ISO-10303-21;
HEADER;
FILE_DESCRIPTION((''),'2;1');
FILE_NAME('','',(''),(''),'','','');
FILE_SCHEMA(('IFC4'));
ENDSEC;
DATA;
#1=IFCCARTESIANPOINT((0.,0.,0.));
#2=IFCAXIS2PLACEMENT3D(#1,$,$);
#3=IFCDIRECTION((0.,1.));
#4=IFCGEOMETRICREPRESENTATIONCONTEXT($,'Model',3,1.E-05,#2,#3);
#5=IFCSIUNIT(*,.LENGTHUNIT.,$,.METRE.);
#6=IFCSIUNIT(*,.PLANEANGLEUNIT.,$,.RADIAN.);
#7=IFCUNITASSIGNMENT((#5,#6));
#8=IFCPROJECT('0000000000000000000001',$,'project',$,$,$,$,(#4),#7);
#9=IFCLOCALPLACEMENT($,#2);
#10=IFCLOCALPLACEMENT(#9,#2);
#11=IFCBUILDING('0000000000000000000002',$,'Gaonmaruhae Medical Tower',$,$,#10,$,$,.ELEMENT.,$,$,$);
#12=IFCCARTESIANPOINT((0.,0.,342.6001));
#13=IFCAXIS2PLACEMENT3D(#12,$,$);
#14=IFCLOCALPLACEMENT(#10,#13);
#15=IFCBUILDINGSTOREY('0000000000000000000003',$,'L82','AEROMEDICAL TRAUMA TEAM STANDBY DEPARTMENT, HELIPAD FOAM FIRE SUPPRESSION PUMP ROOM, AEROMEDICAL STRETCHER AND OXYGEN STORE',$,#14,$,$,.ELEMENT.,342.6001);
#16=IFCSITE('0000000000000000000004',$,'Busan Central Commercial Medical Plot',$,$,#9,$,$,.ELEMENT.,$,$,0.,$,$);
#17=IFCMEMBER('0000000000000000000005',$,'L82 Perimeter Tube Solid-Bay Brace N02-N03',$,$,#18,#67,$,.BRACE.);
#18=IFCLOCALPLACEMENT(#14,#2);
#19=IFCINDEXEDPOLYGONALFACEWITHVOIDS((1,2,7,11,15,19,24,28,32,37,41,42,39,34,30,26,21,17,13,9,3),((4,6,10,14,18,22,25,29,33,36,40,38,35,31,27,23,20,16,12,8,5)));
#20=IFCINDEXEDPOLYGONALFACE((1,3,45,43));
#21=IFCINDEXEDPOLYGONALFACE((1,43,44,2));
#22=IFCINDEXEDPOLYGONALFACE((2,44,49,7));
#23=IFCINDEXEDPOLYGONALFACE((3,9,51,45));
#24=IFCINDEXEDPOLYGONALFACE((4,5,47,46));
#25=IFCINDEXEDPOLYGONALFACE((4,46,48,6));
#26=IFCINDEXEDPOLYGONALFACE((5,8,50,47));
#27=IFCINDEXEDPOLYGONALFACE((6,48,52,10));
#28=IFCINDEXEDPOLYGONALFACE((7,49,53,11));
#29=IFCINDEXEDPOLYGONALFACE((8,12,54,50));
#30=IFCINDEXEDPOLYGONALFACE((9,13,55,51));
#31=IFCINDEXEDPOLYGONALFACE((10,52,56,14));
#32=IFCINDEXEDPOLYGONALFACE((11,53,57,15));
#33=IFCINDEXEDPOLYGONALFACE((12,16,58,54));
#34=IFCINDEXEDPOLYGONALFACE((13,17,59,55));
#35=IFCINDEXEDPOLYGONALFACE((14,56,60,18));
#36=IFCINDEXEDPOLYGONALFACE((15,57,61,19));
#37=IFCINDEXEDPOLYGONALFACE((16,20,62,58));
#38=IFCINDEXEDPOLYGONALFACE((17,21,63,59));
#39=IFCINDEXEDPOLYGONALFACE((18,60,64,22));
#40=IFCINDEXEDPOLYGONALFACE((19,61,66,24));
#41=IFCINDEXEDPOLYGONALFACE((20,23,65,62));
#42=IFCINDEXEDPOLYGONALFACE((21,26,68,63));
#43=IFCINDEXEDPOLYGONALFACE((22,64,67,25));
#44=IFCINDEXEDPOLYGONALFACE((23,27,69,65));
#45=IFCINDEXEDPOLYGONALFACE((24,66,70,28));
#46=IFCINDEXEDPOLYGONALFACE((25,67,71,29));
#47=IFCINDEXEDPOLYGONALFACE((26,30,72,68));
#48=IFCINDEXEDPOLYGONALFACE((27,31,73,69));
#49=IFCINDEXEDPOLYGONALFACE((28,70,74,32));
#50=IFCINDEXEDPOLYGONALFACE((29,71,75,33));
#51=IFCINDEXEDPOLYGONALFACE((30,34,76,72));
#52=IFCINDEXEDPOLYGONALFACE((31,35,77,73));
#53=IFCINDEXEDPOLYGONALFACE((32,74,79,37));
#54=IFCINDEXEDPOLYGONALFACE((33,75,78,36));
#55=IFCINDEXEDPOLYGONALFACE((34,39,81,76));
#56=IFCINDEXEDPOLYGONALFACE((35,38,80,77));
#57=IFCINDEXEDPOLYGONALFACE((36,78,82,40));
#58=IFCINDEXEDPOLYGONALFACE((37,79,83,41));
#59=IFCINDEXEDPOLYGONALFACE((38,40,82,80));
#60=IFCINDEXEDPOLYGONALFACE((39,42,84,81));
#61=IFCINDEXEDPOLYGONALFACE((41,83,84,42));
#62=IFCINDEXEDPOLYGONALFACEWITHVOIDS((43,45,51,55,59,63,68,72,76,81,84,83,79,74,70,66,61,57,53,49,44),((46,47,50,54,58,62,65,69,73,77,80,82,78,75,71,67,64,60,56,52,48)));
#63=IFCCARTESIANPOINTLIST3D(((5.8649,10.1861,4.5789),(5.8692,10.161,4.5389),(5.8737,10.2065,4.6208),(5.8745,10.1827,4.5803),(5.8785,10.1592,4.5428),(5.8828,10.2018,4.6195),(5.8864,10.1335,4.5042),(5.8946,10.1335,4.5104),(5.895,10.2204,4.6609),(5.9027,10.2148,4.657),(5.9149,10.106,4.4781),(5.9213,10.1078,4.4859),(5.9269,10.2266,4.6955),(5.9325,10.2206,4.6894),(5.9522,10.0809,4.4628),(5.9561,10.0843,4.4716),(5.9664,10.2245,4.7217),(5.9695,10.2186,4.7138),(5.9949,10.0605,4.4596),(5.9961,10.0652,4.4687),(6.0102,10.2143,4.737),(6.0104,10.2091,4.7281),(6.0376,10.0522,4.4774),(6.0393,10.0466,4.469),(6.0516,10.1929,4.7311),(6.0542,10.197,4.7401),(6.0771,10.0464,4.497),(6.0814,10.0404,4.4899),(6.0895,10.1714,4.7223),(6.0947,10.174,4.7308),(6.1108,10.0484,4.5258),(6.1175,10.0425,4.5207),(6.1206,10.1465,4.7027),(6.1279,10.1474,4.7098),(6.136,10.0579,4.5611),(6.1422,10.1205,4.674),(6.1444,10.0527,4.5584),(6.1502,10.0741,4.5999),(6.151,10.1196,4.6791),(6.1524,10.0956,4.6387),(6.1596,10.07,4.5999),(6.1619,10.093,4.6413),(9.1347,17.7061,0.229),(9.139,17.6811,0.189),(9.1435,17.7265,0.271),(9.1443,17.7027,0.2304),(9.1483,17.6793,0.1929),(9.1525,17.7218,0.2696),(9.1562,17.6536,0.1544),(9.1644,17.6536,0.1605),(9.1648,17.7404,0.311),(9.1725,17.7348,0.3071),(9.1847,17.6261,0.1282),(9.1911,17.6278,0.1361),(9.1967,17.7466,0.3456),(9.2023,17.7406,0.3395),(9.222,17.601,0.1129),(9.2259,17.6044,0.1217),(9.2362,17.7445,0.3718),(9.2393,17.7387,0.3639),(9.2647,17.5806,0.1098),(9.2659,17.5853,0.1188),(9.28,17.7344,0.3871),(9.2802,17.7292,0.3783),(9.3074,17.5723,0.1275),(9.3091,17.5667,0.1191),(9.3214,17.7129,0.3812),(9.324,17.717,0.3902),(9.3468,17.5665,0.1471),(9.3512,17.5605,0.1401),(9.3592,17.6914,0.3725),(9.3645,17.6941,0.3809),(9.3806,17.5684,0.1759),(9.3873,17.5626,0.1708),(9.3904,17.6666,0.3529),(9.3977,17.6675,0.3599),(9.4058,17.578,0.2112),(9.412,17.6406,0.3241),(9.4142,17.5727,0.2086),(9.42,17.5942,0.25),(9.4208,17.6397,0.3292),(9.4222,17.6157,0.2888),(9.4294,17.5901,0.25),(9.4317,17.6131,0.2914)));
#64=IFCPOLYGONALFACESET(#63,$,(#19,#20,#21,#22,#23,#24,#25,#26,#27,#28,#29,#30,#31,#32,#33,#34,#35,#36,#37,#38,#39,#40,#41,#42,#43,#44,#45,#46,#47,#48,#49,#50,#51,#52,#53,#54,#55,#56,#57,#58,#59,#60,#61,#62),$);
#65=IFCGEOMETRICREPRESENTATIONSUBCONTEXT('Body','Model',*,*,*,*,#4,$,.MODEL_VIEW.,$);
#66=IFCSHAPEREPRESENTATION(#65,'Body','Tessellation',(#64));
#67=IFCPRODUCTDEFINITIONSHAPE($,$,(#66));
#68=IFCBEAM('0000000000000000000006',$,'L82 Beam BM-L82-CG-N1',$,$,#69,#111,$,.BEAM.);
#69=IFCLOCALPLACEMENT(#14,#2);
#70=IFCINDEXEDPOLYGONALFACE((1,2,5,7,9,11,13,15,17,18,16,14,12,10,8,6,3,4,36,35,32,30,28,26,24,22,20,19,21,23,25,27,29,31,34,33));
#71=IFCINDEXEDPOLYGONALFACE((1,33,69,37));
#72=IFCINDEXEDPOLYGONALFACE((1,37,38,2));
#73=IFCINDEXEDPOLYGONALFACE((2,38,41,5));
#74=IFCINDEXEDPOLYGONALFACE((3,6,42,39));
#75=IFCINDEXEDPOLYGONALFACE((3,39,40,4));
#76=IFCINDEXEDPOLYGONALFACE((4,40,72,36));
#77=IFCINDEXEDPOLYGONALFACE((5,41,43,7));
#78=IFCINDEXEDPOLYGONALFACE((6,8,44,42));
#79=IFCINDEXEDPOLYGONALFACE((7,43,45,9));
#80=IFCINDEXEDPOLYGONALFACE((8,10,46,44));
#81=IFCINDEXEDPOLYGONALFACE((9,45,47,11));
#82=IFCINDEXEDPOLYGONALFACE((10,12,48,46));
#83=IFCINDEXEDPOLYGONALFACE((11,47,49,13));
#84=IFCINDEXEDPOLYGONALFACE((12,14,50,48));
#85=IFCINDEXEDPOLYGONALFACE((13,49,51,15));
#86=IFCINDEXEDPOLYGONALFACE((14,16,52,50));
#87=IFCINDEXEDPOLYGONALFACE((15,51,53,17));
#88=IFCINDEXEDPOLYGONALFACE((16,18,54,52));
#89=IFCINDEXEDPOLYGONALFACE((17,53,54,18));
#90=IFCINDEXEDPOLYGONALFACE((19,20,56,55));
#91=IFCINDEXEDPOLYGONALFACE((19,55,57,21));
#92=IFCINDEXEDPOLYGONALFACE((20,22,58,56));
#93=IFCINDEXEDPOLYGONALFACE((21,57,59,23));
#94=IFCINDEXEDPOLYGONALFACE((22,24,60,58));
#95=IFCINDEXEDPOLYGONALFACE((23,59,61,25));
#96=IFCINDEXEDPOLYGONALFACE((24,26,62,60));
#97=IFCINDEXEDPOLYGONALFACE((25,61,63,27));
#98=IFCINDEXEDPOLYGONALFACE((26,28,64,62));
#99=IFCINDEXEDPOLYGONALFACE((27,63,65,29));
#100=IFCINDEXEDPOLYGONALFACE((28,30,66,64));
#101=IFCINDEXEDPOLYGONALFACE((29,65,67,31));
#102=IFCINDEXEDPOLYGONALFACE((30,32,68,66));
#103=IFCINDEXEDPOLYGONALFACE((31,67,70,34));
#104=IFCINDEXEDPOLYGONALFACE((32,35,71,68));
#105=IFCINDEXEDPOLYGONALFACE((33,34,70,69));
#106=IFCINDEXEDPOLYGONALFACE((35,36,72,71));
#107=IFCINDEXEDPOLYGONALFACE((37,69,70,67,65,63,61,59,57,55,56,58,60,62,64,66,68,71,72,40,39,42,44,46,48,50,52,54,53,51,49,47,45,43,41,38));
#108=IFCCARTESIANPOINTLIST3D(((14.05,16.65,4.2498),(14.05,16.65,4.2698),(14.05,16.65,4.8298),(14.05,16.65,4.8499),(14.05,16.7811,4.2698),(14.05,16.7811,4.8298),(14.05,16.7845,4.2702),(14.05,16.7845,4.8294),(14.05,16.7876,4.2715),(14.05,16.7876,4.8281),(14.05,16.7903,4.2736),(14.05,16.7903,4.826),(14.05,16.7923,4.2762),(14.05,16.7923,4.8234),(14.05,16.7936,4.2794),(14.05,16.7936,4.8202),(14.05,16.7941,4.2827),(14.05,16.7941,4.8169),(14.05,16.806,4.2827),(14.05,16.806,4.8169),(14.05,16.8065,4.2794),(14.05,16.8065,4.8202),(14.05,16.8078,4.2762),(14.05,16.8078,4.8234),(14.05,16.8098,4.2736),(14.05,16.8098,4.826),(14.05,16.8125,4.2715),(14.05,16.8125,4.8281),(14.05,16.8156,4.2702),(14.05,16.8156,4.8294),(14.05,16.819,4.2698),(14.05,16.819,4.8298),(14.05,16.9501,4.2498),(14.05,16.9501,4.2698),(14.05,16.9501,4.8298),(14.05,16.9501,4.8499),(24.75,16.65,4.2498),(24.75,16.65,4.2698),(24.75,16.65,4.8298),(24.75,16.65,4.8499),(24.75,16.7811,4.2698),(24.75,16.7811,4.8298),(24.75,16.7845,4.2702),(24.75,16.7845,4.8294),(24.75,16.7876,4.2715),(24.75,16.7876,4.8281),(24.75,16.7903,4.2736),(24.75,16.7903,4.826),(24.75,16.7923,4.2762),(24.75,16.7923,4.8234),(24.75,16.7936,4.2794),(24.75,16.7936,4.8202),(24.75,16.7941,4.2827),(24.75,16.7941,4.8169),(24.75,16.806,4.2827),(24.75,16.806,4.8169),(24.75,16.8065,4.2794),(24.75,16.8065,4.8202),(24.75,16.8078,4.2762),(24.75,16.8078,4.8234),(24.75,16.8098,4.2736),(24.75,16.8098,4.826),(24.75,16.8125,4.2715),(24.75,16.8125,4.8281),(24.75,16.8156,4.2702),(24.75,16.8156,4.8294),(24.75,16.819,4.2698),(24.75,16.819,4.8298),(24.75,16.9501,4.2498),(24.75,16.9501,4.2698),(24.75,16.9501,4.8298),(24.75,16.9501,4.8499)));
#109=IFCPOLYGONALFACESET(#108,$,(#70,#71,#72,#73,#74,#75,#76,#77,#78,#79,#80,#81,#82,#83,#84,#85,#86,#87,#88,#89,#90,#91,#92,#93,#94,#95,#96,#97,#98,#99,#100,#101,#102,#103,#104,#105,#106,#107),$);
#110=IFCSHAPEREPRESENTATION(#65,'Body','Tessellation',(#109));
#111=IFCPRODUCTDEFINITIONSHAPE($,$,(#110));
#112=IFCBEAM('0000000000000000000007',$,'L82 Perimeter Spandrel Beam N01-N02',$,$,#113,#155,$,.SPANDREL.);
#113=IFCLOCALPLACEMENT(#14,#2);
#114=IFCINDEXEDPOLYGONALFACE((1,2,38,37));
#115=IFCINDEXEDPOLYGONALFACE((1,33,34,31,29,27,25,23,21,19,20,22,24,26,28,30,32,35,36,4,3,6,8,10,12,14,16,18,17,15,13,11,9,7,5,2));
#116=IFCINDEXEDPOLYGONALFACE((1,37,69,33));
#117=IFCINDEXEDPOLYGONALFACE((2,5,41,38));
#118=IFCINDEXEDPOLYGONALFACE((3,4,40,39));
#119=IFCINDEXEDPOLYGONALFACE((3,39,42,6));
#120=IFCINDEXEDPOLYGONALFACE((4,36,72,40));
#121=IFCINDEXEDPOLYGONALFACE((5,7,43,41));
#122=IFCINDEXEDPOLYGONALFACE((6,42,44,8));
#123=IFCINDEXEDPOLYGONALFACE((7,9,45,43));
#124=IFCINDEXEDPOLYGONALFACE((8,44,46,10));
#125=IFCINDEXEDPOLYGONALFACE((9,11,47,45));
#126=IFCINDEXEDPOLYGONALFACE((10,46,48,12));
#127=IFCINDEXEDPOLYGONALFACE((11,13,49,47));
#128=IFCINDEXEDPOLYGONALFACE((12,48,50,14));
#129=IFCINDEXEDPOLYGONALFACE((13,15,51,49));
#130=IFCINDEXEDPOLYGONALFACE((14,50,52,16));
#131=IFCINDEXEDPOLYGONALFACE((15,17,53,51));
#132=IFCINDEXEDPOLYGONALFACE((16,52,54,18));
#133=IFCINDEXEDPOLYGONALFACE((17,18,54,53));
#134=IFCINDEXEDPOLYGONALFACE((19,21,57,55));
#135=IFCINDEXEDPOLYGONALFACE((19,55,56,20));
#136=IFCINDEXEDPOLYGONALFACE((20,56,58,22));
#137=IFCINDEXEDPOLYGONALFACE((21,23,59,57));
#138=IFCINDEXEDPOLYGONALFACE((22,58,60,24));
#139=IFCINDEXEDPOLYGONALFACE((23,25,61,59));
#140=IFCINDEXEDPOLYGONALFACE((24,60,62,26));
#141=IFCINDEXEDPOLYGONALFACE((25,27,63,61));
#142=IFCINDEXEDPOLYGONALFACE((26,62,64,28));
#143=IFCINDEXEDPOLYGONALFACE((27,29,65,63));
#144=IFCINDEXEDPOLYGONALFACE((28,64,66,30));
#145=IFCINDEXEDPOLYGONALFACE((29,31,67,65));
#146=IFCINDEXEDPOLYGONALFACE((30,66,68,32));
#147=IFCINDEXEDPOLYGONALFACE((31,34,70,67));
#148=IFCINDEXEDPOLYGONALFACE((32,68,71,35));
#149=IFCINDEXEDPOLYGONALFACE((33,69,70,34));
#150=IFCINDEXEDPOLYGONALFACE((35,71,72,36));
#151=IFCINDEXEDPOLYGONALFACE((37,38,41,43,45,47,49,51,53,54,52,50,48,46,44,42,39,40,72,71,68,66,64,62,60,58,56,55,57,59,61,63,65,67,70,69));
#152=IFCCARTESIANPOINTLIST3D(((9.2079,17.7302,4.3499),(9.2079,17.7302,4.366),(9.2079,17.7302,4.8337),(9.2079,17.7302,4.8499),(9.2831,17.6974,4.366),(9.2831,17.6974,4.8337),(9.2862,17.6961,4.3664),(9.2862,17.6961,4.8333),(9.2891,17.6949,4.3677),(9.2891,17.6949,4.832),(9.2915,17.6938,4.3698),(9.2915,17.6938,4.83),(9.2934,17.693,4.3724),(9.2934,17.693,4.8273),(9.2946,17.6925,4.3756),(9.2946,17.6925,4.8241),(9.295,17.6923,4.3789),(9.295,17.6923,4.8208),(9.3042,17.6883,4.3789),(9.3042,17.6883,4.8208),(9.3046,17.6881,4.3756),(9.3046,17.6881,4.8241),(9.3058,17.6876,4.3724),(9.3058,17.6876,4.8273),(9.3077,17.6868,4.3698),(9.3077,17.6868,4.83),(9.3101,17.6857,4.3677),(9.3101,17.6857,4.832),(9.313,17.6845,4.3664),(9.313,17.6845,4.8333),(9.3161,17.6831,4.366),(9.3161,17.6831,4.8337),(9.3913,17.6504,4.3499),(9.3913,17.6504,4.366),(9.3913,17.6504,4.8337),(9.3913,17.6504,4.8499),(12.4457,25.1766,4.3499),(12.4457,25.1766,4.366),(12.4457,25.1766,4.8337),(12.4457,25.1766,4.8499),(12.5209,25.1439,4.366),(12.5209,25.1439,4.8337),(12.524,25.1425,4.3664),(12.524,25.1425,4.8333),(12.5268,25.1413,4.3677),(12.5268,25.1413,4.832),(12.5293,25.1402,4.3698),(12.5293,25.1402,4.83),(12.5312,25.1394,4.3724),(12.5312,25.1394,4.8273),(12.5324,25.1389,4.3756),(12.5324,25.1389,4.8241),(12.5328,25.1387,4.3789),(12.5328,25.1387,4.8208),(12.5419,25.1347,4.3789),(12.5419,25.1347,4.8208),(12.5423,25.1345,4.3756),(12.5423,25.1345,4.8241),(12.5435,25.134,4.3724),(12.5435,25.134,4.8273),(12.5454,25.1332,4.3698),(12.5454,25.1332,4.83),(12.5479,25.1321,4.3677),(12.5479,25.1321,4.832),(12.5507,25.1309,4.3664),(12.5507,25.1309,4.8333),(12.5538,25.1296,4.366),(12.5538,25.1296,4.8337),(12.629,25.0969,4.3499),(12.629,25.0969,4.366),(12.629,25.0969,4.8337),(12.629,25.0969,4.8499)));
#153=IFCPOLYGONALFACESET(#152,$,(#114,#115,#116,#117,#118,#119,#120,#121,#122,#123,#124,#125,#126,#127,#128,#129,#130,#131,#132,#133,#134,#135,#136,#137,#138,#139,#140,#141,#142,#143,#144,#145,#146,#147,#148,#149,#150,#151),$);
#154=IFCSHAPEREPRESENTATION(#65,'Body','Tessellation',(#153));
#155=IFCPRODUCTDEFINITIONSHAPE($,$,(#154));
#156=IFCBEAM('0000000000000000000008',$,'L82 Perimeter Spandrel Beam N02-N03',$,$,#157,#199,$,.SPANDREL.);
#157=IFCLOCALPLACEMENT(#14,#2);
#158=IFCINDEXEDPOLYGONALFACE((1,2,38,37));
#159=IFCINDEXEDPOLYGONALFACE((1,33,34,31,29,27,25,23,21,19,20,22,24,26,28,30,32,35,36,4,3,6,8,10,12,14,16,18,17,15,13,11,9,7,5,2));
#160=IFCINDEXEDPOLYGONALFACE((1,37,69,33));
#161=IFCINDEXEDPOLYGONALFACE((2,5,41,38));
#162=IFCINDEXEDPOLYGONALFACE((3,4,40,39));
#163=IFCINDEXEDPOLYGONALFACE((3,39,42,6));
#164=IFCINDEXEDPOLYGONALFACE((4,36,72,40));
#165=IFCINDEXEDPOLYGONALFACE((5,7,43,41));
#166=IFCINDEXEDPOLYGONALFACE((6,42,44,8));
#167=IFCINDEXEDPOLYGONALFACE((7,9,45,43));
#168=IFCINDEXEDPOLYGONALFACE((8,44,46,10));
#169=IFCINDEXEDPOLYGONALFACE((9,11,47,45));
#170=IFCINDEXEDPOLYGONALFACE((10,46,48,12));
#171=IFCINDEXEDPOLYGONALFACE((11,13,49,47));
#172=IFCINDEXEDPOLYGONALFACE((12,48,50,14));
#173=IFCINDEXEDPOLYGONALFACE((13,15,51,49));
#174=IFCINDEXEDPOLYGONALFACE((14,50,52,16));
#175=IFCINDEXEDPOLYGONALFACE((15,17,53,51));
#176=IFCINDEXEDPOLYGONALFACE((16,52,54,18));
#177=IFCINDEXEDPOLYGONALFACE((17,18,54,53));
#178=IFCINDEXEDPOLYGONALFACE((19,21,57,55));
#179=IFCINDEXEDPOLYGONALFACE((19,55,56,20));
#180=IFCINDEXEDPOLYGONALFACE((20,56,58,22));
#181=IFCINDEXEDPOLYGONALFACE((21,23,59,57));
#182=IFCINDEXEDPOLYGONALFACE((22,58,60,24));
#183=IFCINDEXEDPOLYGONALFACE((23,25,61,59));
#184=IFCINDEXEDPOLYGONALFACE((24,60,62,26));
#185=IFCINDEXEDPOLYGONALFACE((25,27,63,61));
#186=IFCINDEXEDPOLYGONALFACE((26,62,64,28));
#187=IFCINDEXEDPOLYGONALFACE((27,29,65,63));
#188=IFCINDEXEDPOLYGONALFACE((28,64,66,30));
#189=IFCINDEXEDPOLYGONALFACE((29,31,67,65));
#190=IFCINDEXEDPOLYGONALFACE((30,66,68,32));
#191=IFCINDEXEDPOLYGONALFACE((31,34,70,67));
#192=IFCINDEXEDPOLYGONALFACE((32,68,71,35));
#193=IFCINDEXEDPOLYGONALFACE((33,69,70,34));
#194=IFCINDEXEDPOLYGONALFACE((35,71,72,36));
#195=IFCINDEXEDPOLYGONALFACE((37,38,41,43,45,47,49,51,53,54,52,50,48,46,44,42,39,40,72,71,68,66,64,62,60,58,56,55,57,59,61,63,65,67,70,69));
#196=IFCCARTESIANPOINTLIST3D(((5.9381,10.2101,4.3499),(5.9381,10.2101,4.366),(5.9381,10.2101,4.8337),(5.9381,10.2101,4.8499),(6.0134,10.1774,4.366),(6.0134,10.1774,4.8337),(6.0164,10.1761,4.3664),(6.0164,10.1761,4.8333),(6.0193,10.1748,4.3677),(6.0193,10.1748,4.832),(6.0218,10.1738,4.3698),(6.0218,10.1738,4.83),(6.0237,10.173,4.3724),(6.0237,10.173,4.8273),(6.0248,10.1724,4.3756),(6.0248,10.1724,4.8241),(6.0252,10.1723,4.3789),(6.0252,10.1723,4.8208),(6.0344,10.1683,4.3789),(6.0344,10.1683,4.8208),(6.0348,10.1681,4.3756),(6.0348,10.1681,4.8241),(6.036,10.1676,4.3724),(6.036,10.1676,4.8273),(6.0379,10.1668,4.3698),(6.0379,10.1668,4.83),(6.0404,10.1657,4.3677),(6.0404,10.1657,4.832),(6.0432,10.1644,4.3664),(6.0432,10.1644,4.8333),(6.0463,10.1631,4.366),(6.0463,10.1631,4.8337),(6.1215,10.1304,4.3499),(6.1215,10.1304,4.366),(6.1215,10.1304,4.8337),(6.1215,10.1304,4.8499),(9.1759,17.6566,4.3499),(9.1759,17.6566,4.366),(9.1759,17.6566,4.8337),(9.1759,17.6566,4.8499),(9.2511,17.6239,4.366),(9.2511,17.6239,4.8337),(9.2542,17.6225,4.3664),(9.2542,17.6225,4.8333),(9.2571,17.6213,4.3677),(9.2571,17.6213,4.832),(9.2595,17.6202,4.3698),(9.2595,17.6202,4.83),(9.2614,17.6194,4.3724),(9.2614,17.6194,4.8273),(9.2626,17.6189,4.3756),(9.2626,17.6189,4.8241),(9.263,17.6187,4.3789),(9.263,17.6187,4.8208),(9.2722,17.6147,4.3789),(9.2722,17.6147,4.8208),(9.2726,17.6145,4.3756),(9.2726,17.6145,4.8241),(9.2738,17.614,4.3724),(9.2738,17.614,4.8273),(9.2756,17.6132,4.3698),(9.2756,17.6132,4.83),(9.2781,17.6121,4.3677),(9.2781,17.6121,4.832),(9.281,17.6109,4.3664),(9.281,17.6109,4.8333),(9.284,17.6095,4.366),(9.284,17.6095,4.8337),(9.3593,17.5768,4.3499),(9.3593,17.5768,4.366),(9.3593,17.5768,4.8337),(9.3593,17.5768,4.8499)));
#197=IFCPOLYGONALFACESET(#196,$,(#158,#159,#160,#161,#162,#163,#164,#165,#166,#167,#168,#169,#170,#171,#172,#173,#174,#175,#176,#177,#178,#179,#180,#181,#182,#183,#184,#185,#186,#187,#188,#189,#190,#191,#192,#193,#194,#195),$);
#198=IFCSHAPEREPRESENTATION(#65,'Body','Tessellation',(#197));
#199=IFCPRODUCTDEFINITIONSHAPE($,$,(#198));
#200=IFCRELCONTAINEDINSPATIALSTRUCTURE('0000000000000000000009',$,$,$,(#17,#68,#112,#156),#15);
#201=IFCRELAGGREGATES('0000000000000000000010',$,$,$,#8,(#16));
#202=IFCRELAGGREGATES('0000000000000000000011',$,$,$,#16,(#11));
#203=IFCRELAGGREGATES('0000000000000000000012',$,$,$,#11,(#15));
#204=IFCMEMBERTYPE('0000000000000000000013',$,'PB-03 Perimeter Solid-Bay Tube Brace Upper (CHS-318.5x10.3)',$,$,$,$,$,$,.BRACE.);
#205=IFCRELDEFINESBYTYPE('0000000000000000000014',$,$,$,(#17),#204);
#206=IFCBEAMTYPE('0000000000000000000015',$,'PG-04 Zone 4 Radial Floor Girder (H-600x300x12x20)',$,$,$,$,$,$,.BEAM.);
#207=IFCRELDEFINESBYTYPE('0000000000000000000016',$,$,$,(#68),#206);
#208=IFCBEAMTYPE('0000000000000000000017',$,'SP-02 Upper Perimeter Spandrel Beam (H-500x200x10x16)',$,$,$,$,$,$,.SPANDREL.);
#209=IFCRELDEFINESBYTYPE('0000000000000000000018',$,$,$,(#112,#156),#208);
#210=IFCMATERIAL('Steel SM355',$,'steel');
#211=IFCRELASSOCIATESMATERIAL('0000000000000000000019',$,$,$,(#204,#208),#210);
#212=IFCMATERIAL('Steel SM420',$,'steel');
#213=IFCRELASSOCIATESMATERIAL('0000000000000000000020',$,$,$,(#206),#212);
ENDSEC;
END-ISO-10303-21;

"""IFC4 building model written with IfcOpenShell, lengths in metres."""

from ifc_helpers import new_model, si_unit, direction, frame, origin, origin_2d, place, context, subcontext, project, spatial, hollow_circle, i_section, extrude, material, material_profile, profile_set, type_object, element, save


model = new_model("IFC4")

# Units and contexts
model_context = context("Model", 3, precision=1e-05, world=origin(), true_north=direction((0.0, 1.0)))
body_context = subcontext(model_context, "Body", "Model", "MODEL_VIEW")
ifc_project = project(units=[si_unit("LENGTHUNIT", "METRE"), si_unit("PLANEANGLEUNIT", "RADIAN")], contexts=[model_context])

# Site, building, storey
site_placement = place(None, origin())
site = spatial("IfcSite", under=ifc_project, at=site_placement, Name="Busan Central Commercial Medical Plot", CompositionType="ELEMENT", RefElevation=0.0)
building_placement = place(site_placement, origin())
building = spatial("IfcBuilding", under=site, at=building_placement, Name="Gaonmaruhae Medical Tower", CompositionType="ELEMENT")
storey_placement = place(building_placement, frame((0.0, 0.0, 342.6001)))
storey = spatial("IfcBuildingStorey", under=building, at=storey_placement, Name="L82", Description="AEROMEDICAL TRAUMA TEAM STANDBY DEPARTMENT, HELIPAD FOAM FIRE SUPPRESSION PUMP ROOM, AEROMEDICAL STRETCHER AND OXYGEN STORE", CompositionType="ELEMENT", Elevation=342.6001)

# Shared definitions
ifc_material_1 = material(Name="Steel SM420", Category="steel")

# Shared definitions
ifc_material_2 = material(Name="Steel SM355", Category="steel")

# Member
ifc_material_profile_1 = material_profile(ifc_material_2, hollow_circle(Radius=0.1592, WallThickness=0.0103, at=origin_2d()), Name="CHS-318.5x10.3")
ifc_profile_set_1 = profile_set([ifc_material_profile_1], Name="Steel SM355")
member_type = type_object("IfcMemberType", Name="PB-03 Perimeter Solid-Bay Tube Brace Upper (CHS-318.5x10.3)", PredefinedType="BRACE", material=ifc_profile_set_1)
member_placement = place(storey_placement, frame((9.2834, 17.6536, 0.25), z_axis=(-0.352255, -0.810136, 0.468612), x_axis=(0.917061, -0.398747, 0.0)))
element("IfcMember", 1, at=member_placement, inside=storey, type_object=member_type, Name="L82 Perimeter Tube Solid-Bay Brace N02-N03", PredefinedType="BRACE", context=body_context, shape_type="SweptSolid", body=[
    extrude(hollow_circle(Radius=0.1592, WallThickness=0.0103, at=origin_2d()), origin(), (0.0, 0.0, 1.0), 9.2825),
])

# Beams
ifc_material_profile_2 = material_profile(ifc_material_1, i_section(OverallWidth=0.3, OverallDepth=0.6001, WebThickness=0.012, FlangeThickness=0.02, FilletRadius=0.0129, at=origin_2d()), Name="H-600x300x12x20")
ifc_profile_set_2 = profile_set([ifc_material_profile_2], Name="Steel SM420")
beam_type_1 = type_object("IfcBeamType", Name="PG-04 Zone 4 Radial Floor Girder (H-600x300x12x20)", PredefinedType="BEAM", material=ifc_profile_set_2)
beam_1_placement = place(storey_placement, frame((14.05, 16.8, 4.5498), z_axis=(1.0, 0.0, 0.0), x_axis=(0.0, 1.0, 0.0)))
element("IfcBeam", 2, at=beam_1_placement, inside=storey, type_object=beam_type_1, Name="L82 Beam BM-L82-CG-N1", PredefinedType="BEAM", context=body_context, shape_type="SweptSolid", body=[
    extrude(i_section(OverallWidth=0.3, OverallDepth=0.6001, WebThickness=0.012, FlangeThickness=0.02, FilletRadius=0.0129, at=origin_2d()), origin(), (0.0, 0.0, 1.0), 10.7),
])
ifc_material_profile_3 = material_profile(ifc_material_2, i_section(OverallWidth=0.2, OverallDepth=0.5, WebThickness=0.01, FlangeThickness=0.0161, FilletRadius=0.0129, at=origin_2d()), Name="H-500x200x10x16")
ifc_profile_set_3 = profile_set([ifc_material_profile_3], Name="Steel SM355")
beam_type_2 = type_object("IfcBeamType", Name="SP-02 Upper Perimeter Spandrel Beam (H-500x200x10x16)", PredefinedType="SPANDREL", material=ifc_profile_set_3)
for number, where, z_axis, x_axis, name in (
    (3, (12.5374, 25.1367, 4.5999), (-0.398744, -0.917062, 0.0), (0.917062, -0.398744, 0.0), "L82 Perimeter Spandrel Beam N01-N02"),
    (4, (9.2676, 17.6167, 4.5999), (-0.398744, -0.917062, 0.0), (0.917062, -0.398744, 0.0), "L82 Perimeter Spandrel Beam N02-N03"),
):
    element("IfcBeam", number, at=place(storey_placement, frame(where, z_axis=z_axis, x_axis=x_axis)), inside=storey, type_object=beam_type_2, Name=name, PredefinedType="SPANDREL", context=body_context, shape_type="SweptSolid", body=[
        extrude(i_section(OverallWidth=0.2, OverallDepth=0.5, WebThickness=0.01, FlangeThickness=0.0161, FilletRadius=0.0129, at=origin_2d()), origin(), (0.0, 0.0, 1.0), 8.1199),
    ])

save(model, "model.ifc")
